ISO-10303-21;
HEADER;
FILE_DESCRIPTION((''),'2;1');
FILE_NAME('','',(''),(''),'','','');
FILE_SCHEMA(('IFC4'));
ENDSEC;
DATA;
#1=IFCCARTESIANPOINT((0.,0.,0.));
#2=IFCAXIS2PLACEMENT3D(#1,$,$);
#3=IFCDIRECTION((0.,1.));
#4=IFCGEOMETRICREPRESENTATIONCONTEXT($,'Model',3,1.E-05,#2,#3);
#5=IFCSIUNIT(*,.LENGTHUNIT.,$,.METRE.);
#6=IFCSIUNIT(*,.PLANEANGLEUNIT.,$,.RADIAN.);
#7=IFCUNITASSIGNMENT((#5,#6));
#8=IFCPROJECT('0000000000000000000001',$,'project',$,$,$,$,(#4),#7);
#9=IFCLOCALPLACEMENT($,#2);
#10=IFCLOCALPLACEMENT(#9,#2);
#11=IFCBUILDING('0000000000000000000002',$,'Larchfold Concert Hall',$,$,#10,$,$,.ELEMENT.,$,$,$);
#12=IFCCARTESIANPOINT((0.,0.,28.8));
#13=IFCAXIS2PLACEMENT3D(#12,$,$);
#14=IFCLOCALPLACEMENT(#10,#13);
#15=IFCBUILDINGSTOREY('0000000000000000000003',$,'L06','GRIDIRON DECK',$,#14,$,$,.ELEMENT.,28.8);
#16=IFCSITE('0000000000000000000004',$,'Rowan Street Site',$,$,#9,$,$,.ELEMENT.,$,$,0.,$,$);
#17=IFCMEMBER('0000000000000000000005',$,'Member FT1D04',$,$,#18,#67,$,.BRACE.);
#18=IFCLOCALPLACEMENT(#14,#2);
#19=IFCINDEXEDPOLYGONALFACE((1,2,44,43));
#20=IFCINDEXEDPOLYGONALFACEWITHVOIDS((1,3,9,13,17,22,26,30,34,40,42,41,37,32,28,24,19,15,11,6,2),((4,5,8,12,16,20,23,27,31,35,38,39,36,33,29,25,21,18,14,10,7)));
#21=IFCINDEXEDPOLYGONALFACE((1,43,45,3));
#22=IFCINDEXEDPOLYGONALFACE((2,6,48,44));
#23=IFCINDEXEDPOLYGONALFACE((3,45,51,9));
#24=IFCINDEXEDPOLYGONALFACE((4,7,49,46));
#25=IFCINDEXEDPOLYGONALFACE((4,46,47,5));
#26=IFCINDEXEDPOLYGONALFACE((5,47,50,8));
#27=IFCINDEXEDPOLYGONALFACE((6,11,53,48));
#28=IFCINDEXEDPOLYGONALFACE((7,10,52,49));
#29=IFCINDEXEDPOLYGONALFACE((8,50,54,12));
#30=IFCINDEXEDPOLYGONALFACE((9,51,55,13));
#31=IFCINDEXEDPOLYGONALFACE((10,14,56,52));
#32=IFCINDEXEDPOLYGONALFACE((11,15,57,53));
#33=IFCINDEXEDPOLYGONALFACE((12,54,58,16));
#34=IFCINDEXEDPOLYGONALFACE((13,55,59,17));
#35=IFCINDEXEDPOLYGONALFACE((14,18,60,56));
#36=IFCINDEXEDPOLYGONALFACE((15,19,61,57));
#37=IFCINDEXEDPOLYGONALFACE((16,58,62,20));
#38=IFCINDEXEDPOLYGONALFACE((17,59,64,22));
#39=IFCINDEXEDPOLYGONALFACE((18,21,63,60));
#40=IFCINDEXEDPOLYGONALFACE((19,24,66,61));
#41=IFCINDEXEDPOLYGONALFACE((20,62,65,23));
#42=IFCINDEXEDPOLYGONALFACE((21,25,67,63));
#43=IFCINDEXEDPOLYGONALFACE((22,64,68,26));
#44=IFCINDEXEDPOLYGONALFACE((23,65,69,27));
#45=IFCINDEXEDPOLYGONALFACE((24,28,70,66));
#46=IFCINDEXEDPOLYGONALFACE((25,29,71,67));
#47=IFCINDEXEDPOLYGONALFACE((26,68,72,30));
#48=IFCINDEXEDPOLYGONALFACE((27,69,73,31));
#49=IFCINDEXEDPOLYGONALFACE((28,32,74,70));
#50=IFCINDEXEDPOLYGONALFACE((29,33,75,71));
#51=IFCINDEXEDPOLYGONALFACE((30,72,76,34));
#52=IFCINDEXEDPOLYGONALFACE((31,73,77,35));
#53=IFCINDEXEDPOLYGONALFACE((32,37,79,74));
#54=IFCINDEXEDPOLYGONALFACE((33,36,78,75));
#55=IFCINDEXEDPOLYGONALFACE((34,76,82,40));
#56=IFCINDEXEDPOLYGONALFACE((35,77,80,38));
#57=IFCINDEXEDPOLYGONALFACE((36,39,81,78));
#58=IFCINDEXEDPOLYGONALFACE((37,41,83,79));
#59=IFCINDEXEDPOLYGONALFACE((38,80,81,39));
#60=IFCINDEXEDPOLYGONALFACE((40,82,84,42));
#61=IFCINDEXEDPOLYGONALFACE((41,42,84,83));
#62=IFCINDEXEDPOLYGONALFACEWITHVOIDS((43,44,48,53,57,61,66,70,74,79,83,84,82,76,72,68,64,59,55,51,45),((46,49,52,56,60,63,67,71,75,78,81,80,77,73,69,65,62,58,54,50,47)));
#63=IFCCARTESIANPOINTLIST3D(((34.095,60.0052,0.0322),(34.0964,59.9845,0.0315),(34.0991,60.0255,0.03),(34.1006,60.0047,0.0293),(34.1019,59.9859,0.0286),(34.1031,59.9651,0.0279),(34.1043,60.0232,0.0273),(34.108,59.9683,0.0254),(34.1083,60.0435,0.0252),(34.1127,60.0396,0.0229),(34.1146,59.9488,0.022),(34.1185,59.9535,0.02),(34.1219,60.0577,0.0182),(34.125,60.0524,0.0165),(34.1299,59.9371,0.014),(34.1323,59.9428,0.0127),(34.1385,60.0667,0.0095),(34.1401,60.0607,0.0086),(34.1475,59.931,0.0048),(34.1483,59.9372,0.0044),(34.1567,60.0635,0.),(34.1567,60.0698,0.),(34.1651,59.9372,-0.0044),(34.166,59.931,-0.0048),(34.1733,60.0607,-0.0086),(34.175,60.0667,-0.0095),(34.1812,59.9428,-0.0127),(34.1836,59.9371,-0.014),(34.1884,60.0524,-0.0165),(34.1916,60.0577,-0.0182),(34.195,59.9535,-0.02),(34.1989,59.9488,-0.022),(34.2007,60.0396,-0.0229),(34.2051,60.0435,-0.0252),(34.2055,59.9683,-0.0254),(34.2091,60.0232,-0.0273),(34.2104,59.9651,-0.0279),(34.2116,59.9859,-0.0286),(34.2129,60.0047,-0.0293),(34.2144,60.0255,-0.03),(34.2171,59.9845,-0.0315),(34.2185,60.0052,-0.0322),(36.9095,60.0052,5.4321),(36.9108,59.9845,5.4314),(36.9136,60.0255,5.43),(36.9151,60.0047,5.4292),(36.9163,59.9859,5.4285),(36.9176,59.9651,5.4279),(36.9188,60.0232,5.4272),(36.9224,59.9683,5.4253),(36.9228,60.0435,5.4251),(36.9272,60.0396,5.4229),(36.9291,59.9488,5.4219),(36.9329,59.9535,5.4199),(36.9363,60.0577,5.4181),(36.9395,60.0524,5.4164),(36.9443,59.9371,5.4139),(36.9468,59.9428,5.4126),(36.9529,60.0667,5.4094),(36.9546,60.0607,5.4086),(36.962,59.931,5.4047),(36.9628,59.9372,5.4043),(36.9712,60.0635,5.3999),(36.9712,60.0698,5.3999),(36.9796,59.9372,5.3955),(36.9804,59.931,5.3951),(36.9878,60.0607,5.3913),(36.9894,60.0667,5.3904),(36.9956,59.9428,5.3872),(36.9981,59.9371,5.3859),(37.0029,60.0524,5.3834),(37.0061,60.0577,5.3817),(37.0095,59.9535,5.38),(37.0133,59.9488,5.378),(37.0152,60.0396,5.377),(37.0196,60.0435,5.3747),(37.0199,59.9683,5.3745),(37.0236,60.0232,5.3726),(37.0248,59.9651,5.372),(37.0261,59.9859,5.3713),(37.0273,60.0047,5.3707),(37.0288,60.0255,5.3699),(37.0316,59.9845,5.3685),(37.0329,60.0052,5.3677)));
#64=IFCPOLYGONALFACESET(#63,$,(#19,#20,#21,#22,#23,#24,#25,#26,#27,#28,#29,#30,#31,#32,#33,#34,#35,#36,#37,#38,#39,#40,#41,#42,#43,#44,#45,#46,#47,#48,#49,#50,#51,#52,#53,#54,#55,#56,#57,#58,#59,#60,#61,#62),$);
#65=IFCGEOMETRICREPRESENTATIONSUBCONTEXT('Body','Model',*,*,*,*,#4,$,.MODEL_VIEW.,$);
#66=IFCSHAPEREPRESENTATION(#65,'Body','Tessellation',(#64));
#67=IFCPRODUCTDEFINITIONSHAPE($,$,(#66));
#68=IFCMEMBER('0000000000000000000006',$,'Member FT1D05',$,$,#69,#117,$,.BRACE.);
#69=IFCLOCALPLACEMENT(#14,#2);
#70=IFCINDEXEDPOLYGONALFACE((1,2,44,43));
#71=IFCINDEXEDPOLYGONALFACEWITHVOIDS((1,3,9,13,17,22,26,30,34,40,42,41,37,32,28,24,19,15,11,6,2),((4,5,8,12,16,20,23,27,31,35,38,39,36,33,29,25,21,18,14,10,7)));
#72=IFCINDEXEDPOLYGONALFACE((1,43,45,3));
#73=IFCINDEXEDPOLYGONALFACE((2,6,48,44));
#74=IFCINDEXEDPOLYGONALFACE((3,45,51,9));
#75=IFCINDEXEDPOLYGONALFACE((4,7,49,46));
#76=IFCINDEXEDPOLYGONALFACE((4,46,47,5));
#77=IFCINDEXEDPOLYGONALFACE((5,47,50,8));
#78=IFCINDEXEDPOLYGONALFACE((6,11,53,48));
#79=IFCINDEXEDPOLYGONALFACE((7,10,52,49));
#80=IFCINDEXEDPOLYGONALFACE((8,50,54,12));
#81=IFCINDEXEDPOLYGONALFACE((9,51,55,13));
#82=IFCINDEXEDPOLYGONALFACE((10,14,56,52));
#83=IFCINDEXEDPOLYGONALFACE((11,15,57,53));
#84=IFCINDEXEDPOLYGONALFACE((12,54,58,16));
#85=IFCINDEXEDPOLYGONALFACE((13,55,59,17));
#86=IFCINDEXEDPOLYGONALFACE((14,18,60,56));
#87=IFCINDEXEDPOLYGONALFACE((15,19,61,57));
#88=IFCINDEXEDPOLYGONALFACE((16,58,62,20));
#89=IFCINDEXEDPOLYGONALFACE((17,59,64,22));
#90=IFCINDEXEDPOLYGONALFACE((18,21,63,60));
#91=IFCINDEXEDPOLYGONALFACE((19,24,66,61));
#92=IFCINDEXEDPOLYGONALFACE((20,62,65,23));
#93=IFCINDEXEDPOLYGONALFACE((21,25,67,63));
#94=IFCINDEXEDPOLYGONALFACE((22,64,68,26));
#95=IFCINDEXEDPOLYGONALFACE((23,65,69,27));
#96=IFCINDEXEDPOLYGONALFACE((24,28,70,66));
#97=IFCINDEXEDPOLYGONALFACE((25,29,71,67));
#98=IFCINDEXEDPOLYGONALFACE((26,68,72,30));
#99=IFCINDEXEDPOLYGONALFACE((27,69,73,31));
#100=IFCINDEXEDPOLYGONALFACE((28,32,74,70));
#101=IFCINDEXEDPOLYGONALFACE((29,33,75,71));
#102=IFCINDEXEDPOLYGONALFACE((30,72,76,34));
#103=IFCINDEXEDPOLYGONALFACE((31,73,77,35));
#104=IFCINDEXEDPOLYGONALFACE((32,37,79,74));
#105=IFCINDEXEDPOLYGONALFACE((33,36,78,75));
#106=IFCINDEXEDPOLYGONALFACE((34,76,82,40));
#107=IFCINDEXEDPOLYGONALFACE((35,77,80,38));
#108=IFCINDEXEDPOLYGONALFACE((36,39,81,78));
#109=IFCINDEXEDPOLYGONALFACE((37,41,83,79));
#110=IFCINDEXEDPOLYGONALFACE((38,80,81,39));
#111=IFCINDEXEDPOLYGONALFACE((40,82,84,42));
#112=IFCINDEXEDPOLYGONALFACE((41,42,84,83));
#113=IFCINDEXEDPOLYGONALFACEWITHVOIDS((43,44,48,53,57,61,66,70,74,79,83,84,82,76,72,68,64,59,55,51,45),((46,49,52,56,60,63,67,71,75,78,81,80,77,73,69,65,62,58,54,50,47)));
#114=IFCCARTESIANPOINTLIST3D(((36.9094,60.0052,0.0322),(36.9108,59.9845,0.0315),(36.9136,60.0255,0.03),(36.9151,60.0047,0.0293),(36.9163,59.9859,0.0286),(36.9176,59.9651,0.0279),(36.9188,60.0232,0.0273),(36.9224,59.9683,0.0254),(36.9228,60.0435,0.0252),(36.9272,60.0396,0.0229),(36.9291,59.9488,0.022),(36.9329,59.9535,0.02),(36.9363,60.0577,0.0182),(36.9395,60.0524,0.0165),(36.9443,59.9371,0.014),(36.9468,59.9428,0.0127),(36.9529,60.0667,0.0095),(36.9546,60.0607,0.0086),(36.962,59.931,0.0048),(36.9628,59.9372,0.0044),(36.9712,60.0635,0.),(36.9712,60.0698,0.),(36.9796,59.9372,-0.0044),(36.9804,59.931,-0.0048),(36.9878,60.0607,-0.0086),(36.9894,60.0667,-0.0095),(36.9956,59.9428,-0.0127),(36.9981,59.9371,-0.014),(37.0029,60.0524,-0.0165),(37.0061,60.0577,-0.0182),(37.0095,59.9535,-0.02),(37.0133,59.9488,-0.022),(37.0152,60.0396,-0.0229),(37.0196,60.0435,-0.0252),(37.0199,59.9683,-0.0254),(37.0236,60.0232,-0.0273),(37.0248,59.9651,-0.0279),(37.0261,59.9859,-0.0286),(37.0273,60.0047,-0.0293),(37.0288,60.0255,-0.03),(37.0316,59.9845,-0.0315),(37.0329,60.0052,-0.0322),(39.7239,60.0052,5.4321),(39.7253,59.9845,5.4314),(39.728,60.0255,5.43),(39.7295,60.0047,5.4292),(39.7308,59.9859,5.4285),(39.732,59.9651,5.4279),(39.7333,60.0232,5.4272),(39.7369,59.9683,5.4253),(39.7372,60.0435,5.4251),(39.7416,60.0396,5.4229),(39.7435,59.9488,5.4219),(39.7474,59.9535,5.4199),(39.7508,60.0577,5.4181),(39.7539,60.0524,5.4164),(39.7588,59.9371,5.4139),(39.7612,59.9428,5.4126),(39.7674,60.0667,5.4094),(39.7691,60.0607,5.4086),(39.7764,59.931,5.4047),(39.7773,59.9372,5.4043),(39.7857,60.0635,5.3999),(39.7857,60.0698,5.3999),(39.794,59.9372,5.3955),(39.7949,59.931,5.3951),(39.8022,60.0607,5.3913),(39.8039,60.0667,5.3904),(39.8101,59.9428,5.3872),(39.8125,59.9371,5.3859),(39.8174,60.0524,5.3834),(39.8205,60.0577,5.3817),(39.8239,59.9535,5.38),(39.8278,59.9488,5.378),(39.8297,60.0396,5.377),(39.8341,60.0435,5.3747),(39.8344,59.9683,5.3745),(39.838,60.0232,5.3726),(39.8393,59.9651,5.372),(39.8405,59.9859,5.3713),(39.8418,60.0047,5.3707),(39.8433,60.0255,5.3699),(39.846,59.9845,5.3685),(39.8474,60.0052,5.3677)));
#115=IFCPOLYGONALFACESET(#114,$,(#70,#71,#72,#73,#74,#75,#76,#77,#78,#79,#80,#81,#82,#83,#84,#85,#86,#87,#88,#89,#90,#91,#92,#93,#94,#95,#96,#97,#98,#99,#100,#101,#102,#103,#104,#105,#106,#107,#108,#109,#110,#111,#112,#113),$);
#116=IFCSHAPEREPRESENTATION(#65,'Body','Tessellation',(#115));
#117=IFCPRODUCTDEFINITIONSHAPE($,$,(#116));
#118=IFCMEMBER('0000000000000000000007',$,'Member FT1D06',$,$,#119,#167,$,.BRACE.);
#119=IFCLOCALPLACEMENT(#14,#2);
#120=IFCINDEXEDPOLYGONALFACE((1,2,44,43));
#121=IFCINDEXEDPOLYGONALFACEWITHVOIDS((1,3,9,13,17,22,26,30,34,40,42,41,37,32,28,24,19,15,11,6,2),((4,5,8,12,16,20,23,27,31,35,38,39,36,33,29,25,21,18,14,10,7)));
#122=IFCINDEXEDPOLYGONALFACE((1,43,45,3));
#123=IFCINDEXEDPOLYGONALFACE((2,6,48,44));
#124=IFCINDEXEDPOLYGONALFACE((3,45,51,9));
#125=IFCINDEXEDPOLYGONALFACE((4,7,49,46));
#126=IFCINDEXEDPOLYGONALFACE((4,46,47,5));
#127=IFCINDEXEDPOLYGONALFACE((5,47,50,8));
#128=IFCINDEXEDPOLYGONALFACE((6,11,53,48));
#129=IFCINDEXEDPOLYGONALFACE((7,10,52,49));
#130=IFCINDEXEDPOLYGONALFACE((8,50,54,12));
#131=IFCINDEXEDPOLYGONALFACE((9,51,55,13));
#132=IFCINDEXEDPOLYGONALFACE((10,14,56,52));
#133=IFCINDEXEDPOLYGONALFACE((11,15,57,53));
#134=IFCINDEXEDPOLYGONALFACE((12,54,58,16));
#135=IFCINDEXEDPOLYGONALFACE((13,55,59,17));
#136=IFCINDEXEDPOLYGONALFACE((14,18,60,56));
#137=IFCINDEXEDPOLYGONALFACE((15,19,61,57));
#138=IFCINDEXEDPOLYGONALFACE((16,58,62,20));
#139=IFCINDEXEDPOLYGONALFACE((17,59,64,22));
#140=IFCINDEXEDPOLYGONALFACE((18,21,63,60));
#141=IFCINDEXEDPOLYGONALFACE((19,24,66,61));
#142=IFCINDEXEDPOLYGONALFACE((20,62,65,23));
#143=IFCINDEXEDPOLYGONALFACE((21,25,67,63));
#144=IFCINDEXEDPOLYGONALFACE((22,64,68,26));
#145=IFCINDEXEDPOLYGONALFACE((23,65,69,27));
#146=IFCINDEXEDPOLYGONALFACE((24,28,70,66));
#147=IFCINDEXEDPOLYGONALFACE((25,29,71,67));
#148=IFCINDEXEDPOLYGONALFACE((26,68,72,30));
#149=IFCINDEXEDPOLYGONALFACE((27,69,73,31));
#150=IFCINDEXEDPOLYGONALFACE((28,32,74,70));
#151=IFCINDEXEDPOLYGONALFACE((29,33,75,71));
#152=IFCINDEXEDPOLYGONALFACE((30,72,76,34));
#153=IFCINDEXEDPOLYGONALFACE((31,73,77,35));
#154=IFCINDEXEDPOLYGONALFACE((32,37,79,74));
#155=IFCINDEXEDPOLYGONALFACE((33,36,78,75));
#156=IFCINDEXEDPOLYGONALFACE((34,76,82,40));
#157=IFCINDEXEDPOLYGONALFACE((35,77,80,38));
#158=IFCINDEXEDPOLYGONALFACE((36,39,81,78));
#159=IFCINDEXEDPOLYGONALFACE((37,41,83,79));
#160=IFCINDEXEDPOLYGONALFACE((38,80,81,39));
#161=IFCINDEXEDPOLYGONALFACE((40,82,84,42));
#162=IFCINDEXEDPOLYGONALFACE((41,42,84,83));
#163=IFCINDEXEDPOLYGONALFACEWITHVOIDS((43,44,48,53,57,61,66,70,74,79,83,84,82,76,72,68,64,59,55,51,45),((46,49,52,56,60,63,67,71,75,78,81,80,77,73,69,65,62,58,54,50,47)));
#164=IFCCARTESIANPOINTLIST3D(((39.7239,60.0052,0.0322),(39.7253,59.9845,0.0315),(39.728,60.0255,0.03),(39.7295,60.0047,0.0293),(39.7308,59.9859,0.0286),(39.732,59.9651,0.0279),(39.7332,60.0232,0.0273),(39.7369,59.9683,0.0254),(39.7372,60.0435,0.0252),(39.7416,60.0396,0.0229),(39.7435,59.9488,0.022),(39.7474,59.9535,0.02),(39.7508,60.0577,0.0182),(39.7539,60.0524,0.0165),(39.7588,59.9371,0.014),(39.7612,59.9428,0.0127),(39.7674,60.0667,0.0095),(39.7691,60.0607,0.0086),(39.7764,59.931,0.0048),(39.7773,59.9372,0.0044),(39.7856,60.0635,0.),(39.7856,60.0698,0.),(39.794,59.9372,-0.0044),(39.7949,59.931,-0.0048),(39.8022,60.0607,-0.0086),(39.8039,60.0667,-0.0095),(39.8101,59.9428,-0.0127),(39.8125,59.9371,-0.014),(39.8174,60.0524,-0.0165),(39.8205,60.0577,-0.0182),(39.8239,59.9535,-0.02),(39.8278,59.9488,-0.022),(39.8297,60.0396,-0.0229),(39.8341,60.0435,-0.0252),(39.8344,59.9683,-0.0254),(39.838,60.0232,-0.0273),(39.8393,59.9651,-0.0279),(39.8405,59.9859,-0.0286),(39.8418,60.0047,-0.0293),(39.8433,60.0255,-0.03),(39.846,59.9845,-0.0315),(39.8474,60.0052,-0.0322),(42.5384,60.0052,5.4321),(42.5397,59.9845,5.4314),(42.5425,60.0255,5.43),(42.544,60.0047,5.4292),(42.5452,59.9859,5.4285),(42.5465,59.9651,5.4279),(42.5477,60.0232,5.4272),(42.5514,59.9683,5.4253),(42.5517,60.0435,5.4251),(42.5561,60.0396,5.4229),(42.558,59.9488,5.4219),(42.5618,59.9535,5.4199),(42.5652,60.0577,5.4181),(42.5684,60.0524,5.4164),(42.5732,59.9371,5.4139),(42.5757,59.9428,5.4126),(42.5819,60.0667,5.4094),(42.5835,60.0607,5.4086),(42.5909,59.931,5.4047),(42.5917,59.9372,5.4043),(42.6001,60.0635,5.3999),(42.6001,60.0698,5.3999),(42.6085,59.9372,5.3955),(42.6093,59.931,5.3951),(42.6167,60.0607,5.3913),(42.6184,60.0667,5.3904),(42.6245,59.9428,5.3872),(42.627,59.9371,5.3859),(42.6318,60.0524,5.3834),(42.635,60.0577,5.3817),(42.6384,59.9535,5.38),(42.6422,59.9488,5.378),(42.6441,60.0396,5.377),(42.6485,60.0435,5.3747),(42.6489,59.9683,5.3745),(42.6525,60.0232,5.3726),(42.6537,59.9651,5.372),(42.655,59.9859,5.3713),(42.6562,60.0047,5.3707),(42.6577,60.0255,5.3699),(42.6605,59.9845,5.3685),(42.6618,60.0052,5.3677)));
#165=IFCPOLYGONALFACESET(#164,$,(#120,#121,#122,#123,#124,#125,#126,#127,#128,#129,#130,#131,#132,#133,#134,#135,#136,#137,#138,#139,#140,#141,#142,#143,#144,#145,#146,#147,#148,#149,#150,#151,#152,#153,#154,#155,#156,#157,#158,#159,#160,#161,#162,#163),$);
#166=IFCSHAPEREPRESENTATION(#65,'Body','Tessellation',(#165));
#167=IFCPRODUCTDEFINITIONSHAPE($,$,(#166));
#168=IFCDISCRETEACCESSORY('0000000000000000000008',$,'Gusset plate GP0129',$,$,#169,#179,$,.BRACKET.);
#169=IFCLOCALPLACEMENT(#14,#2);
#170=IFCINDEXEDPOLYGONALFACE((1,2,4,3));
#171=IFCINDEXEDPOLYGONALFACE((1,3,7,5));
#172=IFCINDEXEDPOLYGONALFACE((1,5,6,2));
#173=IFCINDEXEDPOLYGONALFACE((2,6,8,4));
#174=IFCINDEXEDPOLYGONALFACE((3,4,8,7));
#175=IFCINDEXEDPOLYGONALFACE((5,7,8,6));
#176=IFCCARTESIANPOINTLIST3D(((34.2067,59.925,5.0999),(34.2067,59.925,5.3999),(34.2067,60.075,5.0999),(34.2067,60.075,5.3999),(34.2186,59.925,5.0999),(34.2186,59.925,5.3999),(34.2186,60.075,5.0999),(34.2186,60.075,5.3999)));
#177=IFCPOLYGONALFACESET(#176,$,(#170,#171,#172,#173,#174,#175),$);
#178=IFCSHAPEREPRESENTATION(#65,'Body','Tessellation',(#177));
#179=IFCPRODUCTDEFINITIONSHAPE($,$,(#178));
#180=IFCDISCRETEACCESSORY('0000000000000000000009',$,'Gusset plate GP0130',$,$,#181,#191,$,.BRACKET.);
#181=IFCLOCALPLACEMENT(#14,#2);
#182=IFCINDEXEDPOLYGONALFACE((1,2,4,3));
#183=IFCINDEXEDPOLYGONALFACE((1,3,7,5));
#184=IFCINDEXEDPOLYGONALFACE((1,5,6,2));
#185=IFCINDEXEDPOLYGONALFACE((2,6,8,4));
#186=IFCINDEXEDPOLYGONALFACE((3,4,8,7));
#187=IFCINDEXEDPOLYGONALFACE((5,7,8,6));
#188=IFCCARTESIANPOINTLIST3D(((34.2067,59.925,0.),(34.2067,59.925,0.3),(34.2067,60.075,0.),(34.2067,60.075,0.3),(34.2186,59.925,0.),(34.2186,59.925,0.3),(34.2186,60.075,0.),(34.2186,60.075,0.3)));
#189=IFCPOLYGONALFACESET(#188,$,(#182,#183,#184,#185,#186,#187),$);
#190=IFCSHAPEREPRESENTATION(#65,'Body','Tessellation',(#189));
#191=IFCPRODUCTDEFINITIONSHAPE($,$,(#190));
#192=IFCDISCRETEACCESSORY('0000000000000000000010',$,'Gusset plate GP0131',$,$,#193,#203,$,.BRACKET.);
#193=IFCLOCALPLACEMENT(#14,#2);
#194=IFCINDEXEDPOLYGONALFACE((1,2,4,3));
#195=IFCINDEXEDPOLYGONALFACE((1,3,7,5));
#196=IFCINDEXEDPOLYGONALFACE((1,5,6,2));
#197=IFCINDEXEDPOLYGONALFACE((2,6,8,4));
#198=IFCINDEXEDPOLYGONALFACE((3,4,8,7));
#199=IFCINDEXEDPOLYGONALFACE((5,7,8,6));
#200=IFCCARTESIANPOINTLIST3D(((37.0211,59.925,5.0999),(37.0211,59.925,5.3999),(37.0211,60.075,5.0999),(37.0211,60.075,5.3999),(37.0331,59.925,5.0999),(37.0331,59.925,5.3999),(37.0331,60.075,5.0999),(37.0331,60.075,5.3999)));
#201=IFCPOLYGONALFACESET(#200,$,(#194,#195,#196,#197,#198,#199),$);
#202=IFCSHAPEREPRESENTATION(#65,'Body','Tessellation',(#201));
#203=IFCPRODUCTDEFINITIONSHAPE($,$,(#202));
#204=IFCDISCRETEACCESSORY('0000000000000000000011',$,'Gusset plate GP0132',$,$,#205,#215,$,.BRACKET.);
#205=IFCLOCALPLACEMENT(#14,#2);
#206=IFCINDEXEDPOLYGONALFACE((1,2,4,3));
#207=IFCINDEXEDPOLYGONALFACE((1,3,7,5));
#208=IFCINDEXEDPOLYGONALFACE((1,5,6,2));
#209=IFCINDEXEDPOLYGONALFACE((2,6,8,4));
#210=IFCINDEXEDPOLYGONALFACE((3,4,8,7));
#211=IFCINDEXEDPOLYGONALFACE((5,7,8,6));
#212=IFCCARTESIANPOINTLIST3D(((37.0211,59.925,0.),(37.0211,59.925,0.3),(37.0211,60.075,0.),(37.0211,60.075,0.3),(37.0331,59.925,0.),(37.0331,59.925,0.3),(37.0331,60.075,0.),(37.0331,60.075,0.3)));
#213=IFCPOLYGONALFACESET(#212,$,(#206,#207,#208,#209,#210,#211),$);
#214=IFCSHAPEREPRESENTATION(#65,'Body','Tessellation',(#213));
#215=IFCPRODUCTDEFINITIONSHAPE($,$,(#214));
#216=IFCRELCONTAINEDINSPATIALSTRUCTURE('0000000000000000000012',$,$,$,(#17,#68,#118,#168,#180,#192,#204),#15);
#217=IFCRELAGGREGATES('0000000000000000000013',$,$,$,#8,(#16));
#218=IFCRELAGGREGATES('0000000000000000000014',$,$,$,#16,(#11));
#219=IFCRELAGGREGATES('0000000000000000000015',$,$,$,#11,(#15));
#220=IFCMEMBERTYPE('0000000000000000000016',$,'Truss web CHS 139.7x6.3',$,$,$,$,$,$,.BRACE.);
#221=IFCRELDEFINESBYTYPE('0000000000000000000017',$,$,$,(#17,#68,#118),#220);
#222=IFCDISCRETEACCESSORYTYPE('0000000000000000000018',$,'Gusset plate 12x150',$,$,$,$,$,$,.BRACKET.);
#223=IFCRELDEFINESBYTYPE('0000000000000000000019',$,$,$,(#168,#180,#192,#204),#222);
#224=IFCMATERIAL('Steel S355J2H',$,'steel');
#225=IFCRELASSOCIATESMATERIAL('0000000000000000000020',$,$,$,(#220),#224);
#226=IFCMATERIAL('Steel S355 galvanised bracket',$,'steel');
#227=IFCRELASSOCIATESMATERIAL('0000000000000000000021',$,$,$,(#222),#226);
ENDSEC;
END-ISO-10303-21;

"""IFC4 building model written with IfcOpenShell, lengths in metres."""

from ifc_helpers import new_model, si_unit, direction, frame, origin, origin_2d, place, context, subcontext, project, spatial, rectangle, hollow_circle, extrude, material, material_profile, profile_set, type_object, element, save


model = new_model("IFC4")

# Units and contexts
model_context = context("Model", 3, precision=1e-05, world=origin(), true_north=direction((0.0, 1.0)))
body_context = subcontext(model_context, "Body", "Model", "MODEL_VIEW")
ifc_project = project(units=[si_unit("LENGTHUNIT", "METRE"), si_unit("PLANEANGLEUNIT", "RADIAN")], contexts=[model_context])

# Site, building, storey
site_placement = place(None, origin())
site = spatial("IfcSite", under=ifc_project, at=site_placement, Name="Rowan Street Site", CompositionType="ELEMENT", RefElevation=0.0)
building_placement = place(site_placement, origin())
building = spatial("IfcBuilding", under=site, at=building_placement, Name="Larchfold Concert Hall", CompositionType="ELEMENT")
storey_placement = place(building_placement, frame((0.0, 0.0, 28.8)))
storey = spatial("IfcBuildingStorey", under=building, at=storey_placement, Name="L06", Description="GRIDIRON DECK", CompositionType="ELEMENT", Elevation=28.8)

# Members
ifc_material_1 = material(Name="Steel S355J2H", Category="steel")
ifc_material_profile_1 = material_profile(ifc_material_1, hollow_circle(Radius=0.0698, WallThickness=0.0063, at=origin_2d()))
ifc_profile_set_1 = profile_set([ifc_material_profile_1], Name="Steel S355J2H")
member_type_1 = type_object("IfcMemberType", Name="Truss web CHS 139.7x6.3", PredefinedType="BRACE", material=ifc_profile_set_1)
for number, where, z_axis, x_axis, name in (
    (1, (34.1567, 60.0, 0.0), (0.462193, 0.0, 0.886779), (0.0, 1.0, 0.0), "Member FT1D04"),
    (2, (36.9712, 60.0, 0.0), (0.462193, 0.0, 0.886779), (0.0, 1.0, 0.0), "Member FT1D05"),
    (3, (39.7856, 60.0, 0.0), (0.462193, 0.0, 0.886779), (0.0, 1.0, 0.0), "Member FT1D06"),
):
    element("IfcMember", number, at=place(storey_placement, frame(where, z_axis=z_axis, x_axis=x_axis)), inside=storey, type_object=member_type_1, Name=name, PredefinedType="BRACE", context=body_context, shape_type="SweptSolid", body=[
        extrude(hollow_circle(Radius=0.0698, WallThickness=0.0063, at=origin_2d()), origin(), (0.0, 0.0, 1.0), 6.0894),
    ])

# Discrete accessories
ifc_material_2 = material(Name="Steel S355 galvanised bracket", Category="steel")
ifc_material_profile_2 = material_profile(ifc_material_2, rectangle(XDim=0.012, YDim=0.1499, at=origin_2d()))
ifc_profile_set_2 = profile_set([ifc_material_profile_2], Name="Steel S355 galvanised bracket")
discrete_accessory_type = type_object("IfcDiscreteAccessoryType", Name="Gusset plate 12x150", PredefinedType="BRACKET", material=ifc_profile_set_2)
for number, where, z_axis, x_axis, name in (
    (4, (34.2126, 60.0, 5.3999), (0.0, 0.0, -1.0), (1.0, 0.0, 0.0), "Gusset plate GP0129"),
    (5, (34.2126, 60.0, 0.3), (0.0, 0.0, -1.0), (1.0, 0.0, 0.0), "Gusset plate GP0130"),
    (6, (37.0271, 60.0, 5.3999), (0.0, 0.0, -1.0), (1.0, 0.0, 0.0), "Gusset plate GP0131"),
    (7, (37.0271, 60.0, 0.3), (0.0, 0.0, -1.0), (1.0, 0.0, 0.0), "Gusset plate GP0132"),
):
    element("IfcDiscreteAccessory", number, at=place(storey_placement, frame(where, z_axis=z_axis, x_axis=x_axis)), inside=storey, type_object=discrete_accessory_type, Name=name, PredefinedType="BRACKET", context=body_context, shape_type="SweptSolid", body=[
        extrude(rectangle(XDim=0.012, YDim=0.1499, at=origin_2d()), origin(), (0.0, 0.0, 1.0), 0.3),
    ])

save(model, "model.ifc")
